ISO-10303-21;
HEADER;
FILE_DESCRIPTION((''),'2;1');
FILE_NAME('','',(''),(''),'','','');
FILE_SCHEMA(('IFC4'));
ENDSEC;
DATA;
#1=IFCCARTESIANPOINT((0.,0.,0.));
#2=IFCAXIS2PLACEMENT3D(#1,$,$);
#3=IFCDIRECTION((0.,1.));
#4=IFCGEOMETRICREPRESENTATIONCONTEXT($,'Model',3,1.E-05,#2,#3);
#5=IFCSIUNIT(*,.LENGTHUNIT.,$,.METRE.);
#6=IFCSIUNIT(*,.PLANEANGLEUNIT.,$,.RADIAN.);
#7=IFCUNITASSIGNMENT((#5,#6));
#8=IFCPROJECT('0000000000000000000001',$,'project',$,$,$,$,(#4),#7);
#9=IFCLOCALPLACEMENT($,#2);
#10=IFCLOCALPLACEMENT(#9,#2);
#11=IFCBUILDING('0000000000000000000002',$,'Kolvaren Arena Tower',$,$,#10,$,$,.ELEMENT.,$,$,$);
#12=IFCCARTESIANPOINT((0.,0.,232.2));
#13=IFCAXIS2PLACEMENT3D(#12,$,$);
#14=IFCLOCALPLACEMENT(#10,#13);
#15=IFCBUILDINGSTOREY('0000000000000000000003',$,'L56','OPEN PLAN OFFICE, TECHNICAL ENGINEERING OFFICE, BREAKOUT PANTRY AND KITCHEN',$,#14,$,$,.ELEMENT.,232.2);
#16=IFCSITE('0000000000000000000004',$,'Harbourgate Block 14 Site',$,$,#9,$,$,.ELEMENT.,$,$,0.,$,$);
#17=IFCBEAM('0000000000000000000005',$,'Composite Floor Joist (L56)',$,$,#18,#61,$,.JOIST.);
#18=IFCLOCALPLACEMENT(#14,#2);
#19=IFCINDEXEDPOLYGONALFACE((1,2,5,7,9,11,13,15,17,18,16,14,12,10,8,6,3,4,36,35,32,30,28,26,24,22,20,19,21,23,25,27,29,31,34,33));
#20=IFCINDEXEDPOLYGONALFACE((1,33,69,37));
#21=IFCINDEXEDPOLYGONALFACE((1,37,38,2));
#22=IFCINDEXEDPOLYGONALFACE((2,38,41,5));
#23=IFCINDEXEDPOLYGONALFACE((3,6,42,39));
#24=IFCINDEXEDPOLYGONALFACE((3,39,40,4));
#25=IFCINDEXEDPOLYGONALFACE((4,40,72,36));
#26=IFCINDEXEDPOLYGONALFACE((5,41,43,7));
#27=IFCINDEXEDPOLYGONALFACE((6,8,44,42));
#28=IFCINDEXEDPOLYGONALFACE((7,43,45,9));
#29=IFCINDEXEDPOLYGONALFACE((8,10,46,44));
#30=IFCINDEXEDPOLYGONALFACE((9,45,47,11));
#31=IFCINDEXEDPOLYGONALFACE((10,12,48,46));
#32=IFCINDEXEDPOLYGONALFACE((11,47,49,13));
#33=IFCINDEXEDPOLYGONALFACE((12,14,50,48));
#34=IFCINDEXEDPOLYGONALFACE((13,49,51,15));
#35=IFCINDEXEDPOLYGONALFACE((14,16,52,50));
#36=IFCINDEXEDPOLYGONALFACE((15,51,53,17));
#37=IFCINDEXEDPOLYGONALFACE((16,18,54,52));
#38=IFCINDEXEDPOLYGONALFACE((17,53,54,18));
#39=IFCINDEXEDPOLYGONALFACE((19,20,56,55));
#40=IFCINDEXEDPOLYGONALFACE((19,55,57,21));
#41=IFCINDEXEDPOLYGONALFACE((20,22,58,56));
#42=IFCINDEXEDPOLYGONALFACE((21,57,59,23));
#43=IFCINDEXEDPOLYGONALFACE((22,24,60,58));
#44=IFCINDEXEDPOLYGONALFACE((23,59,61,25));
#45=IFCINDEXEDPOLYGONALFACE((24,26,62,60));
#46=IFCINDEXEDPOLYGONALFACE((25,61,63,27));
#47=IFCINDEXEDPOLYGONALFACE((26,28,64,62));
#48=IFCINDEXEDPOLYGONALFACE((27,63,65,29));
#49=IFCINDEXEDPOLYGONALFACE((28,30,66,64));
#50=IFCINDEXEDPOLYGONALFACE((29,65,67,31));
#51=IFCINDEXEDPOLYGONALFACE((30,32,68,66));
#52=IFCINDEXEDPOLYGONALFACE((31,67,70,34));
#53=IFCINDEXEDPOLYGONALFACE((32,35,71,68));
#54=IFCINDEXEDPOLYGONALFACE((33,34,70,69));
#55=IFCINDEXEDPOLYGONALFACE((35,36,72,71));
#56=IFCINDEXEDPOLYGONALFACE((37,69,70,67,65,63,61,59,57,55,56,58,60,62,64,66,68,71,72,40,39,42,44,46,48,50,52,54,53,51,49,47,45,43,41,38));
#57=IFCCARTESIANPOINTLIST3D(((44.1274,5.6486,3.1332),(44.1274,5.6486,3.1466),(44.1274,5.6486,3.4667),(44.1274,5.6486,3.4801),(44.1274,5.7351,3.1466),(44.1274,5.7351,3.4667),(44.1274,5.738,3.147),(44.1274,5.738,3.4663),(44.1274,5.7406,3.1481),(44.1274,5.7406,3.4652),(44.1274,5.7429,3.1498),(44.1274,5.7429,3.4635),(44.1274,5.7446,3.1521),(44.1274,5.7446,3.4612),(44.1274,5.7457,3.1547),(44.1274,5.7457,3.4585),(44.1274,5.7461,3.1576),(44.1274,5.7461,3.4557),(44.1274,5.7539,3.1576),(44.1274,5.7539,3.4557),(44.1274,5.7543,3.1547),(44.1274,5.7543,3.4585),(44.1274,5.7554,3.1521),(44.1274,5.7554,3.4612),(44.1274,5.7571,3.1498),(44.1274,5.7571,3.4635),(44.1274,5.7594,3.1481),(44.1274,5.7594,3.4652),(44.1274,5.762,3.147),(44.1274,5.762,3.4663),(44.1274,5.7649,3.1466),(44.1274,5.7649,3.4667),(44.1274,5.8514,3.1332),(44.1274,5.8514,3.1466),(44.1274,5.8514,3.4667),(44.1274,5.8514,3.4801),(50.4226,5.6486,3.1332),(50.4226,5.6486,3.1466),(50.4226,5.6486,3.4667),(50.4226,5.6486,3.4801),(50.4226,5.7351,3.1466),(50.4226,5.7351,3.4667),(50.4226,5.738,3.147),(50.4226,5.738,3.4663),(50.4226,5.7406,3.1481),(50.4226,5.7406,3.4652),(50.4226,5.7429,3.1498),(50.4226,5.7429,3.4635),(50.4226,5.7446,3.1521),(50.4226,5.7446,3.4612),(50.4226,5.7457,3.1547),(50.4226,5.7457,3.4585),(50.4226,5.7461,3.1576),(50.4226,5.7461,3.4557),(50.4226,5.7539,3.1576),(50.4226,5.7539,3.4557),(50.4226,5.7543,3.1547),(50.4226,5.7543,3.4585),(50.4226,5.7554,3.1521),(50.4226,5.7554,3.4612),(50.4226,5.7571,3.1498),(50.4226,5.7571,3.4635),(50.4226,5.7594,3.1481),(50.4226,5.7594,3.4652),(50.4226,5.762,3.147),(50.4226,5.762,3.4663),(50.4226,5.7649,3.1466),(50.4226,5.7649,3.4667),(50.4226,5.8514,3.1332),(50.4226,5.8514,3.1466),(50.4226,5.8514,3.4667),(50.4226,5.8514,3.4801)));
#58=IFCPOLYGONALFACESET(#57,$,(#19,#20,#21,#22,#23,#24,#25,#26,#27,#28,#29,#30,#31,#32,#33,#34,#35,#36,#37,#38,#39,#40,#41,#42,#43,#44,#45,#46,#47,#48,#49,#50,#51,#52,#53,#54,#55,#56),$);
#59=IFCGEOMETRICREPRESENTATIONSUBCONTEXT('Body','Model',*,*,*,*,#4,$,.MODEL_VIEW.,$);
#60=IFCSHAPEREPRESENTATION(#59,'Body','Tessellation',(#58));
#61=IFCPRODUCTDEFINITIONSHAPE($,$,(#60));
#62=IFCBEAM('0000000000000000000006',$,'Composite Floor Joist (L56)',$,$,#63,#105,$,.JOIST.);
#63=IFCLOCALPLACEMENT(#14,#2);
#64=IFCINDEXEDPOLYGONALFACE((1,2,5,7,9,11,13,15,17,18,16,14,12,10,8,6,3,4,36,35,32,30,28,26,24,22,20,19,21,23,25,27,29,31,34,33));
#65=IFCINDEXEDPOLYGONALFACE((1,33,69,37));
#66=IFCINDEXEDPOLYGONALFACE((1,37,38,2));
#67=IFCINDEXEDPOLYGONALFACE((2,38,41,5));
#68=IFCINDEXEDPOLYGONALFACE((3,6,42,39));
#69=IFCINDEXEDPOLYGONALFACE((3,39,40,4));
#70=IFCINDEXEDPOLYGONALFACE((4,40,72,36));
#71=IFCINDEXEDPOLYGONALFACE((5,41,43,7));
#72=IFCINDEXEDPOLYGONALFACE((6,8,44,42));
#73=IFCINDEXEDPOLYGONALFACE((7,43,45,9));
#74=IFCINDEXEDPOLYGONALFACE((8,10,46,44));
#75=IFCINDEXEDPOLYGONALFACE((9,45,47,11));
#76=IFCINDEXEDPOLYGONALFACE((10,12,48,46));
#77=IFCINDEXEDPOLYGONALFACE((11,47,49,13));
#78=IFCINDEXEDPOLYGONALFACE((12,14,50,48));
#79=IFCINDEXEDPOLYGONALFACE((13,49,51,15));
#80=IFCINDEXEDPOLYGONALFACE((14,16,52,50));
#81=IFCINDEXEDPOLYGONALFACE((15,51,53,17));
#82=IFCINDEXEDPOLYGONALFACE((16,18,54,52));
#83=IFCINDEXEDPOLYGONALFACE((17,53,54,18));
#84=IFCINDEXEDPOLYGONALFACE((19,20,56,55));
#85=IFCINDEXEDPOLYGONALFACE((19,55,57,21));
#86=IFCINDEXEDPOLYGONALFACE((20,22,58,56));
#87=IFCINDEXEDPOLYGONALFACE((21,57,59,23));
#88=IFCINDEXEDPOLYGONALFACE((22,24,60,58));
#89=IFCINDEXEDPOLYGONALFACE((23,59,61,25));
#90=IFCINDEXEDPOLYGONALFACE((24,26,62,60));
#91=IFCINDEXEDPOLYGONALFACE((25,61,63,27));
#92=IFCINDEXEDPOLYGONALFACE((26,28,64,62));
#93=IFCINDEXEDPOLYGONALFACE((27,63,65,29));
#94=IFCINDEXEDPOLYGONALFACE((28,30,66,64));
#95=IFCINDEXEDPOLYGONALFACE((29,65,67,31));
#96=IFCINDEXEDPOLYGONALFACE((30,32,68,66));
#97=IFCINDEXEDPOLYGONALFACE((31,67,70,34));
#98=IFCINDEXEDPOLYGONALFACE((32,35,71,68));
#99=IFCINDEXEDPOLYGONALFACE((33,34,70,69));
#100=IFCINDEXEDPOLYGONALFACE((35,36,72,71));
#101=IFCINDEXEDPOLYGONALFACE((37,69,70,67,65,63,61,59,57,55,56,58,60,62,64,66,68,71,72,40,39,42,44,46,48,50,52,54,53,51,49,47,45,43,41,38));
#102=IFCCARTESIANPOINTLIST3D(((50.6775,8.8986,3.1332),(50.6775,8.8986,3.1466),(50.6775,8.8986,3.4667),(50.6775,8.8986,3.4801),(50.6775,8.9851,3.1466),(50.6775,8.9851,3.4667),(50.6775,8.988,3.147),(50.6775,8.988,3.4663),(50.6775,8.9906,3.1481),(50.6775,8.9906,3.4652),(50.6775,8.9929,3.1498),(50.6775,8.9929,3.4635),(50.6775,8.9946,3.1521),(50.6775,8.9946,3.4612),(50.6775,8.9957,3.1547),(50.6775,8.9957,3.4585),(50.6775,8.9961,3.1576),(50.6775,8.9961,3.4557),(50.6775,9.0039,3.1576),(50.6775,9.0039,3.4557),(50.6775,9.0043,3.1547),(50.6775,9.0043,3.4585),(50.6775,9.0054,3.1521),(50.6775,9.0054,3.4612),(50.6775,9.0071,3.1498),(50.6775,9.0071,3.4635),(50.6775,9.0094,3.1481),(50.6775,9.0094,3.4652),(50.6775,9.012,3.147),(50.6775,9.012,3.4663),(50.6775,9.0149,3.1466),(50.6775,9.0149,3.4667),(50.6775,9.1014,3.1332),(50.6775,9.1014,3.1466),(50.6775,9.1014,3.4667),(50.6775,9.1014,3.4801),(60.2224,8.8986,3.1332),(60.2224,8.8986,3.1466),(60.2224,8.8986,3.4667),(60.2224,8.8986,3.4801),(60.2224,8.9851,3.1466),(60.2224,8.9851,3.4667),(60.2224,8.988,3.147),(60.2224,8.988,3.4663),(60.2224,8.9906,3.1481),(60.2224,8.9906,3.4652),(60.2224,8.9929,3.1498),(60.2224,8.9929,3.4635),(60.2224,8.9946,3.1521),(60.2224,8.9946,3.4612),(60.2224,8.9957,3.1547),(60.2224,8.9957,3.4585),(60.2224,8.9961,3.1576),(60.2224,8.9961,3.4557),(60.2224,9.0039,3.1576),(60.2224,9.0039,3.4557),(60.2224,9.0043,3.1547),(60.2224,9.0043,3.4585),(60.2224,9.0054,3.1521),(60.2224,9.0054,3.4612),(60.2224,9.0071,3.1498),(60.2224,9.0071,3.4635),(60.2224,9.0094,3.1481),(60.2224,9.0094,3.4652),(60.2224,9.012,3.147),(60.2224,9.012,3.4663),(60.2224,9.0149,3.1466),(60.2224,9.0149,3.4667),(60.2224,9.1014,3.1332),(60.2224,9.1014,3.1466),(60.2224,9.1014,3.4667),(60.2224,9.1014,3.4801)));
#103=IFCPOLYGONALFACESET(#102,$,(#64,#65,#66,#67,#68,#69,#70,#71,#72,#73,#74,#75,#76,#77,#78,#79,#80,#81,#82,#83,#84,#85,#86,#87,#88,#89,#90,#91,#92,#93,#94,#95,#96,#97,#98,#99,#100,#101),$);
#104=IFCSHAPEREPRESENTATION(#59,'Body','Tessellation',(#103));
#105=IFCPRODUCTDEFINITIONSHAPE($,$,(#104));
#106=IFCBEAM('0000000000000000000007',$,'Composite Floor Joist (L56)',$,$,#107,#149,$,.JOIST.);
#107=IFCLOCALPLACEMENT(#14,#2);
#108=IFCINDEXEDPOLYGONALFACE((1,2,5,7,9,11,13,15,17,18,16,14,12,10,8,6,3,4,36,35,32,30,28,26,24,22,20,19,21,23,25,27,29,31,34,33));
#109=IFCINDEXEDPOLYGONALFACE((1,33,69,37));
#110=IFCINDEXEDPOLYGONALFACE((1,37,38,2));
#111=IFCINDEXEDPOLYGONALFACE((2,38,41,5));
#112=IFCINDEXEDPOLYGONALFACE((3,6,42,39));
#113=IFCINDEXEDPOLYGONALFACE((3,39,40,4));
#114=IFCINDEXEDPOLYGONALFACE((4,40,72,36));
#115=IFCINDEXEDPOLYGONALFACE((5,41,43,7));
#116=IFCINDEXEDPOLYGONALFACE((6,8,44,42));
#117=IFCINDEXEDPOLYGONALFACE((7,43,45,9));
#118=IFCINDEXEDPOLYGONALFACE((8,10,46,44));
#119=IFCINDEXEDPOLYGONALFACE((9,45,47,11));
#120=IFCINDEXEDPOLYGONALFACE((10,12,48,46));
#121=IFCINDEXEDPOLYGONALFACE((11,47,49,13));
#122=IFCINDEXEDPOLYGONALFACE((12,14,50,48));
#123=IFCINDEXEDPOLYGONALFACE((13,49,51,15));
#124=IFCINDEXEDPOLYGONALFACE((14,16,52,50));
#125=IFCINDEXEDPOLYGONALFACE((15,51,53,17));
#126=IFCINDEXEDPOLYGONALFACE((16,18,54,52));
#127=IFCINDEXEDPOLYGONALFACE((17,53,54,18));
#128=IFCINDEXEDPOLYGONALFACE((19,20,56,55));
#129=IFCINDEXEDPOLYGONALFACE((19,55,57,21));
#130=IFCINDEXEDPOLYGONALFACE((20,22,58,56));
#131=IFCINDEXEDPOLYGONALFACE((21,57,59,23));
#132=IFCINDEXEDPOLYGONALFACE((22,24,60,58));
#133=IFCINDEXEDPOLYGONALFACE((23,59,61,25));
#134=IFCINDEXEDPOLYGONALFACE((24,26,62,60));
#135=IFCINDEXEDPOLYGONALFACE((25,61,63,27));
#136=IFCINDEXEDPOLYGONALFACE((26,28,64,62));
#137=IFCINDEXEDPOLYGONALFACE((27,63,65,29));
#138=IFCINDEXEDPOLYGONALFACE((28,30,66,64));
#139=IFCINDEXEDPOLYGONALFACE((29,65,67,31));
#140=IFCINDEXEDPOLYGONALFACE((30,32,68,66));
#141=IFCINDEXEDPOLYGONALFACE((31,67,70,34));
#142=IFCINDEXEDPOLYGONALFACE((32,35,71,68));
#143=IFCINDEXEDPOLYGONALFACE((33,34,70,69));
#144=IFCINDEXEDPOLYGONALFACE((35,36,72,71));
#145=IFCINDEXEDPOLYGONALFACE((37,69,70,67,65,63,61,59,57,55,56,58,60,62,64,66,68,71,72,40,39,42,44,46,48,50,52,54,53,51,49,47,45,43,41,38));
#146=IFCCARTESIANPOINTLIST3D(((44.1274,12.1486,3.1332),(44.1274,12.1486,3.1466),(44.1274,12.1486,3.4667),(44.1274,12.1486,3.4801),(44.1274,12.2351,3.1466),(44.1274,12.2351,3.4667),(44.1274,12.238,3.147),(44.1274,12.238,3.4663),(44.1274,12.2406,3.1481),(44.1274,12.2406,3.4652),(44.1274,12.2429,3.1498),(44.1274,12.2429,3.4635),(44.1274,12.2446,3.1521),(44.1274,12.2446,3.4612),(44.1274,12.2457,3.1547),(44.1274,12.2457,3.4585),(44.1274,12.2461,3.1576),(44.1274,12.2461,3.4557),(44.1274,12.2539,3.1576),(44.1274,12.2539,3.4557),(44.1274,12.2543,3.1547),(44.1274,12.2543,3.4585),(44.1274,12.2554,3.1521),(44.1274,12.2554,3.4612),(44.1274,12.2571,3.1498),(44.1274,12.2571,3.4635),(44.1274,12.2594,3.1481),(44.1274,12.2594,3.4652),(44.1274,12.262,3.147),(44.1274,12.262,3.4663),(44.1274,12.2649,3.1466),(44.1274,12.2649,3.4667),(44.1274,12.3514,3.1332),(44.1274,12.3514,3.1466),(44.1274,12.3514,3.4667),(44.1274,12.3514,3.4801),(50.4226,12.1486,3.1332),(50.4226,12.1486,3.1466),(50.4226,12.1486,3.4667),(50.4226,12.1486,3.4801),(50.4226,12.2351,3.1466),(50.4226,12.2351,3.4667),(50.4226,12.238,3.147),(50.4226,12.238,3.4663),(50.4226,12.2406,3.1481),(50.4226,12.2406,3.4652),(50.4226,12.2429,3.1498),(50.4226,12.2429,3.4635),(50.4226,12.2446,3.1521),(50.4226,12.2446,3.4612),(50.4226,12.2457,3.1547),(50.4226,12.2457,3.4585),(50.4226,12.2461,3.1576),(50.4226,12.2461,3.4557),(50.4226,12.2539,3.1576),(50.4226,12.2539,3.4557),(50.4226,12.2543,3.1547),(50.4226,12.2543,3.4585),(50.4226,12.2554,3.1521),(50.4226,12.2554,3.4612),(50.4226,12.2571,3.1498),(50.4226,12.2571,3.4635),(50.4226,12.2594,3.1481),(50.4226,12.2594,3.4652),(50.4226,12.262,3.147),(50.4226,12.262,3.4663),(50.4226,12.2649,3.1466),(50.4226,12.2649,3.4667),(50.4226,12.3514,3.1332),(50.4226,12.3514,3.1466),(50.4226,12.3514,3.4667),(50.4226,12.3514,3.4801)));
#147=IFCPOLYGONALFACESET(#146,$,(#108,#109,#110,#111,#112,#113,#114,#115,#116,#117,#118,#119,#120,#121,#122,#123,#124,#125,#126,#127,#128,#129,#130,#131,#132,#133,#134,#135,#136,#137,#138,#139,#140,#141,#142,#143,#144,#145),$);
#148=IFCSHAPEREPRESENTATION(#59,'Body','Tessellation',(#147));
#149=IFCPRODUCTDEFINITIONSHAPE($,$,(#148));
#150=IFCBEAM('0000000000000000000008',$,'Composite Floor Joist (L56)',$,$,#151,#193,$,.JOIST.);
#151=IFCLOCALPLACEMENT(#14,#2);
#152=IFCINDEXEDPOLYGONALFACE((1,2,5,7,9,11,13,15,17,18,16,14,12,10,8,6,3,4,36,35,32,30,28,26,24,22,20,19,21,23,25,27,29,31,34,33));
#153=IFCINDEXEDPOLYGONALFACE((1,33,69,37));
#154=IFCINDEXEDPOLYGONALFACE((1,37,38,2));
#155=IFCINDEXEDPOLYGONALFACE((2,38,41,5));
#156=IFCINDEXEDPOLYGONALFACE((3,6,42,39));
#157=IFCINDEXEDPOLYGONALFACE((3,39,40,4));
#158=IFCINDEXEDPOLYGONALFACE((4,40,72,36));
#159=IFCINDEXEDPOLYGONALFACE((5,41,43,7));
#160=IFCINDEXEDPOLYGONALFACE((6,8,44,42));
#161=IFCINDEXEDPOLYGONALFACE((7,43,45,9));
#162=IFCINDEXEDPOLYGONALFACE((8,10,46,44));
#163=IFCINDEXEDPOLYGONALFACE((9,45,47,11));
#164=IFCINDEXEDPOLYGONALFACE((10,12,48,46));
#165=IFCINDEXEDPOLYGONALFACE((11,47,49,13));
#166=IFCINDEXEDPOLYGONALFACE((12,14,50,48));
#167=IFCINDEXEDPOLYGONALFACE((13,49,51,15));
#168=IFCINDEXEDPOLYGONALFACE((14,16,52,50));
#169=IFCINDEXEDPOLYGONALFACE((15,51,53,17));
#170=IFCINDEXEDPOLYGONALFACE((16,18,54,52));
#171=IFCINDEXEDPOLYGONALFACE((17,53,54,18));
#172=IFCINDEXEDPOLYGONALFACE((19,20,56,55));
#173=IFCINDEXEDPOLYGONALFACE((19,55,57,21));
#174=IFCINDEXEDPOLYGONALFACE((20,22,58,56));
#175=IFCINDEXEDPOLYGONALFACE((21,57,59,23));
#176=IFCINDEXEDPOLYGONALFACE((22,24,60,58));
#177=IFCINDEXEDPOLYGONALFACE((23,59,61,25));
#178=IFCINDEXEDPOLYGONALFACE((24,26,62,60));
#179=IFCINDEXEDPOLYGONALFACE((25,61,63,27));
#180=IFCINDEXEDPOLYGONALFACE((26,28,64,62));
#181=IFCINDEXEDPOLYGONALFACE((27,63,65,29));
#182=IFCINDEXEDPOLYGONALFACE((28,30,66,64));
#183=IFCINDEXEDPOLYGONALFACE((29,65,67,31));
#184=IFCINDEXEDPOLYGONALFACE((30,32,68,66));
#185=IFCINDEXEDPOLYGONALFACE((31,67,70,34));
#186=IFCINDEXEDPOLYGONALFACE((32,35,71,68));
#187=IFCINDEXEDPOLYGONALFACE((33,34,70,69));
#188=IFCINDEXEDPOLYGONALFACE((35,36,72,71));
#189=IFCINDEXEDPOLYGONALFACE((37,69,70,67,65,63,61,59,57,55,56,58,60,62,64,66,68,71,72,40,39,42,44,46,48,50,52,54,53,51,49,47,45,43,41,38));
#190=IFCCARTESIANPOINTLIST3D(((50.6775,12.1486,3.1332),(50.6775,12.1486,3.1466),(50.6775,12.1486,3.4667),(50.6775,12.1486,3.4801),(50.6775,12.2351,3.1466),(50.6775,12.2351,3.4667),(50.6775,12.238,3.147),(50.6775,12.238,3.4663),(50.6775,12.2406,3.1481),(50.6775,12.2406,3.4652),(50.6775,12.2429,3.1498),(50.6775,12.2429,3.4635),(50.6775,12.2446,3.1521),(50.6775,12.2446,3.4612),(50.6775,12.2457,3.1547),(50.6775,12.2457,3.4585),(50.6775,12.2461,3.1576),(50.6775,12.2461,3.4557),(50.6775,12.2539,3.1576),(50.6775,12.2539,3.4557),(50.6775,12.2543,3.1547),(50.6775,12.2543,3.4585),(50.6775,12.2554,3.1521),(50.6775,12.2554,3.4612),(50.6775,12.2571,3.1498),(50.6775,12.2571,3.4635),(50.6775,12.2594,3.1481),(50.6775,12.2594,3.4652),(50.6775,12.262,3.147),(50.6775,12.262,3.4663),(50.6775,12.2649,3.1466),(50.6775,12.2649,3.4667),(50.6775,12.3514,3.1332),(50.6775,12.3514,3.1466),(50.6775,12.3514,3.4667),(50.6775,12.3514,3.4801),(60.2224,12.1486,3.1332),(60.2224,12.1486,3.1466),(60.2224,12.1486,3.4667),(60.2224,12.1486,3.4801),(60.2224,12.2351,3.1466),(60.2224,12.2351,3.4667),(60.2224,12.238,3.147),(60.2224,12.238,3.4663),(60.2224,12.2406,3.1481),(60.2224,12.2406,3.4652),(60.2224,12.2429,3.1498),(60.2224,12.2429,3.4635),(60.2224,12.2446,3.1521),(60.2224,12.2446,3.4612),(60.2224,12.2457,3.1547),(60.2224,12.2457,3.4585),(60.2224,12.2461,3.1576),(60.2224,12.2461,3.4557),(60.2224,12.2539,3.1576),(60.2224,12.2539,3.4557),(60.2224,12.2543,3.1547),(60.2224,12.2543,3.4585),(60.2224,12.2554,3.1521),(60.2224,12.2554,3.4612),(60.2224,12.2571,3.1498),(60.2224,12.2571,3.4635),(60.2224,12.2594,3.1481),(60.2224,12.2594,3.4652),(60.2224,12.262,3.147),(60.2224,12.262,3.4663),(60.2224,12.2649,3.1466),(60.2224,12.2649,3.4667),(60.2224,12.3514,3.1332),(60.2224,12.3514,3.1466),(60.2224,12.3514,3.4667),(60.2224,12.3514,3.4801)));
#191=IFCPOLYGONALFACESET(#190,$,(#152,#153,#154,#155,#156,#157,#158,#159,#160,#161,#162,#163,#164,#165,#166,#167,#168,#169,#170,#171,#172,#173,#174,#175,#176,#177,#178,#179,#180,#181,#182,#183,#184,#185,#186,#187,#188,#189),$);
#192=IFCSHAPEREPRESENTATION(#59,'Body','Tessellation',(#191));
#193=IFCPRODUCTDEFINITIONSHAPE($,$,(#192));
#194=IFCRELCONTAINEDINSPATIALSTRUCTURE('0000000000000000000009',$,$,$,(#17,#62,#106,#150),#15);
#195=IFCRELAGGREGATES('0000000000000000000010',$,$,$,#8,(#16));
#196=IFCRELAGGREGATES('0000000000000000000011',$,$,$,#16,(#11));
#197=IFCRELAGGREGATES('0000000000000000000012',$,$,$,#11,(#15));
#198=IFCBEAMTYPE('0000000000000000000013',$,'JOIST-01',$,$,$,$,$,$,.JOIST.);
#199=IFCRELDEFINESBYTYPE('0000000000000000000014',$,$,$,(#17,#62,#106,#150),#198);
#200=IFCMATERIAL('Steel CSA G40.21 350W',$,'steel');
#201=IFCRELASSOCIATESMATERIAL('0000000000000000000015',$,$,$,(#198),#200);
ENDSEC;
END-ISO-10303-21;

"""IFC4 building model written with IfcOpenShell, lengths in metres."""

from ifc_helpers import new_model, si_unit, direction, frame, origin, origin_2d, place, context, subcontext, project, spatial, i_section, extrude, material, material_profile, profile_set, type_object, element, save


model = new_model("IFC4")

# Units and contexts
model_context = context("Model", 3, precision=1e-05, world=origin(), true_north=direction((0.0, 1.0)))
body_context = subcontext(model_context, "Body", "Model", "MODEL_VIEW")
ifc_project = project(units=[si_unit("LENGTHUNIT", "METRE"), si_unit("PLANEANGLEUNIT", "RADIAN")], contexts=[model_context])

# Site, building, storey
site_placement = place(None, origin())
site = spatial("IfcSite", under=ifc_project, at=site_placement, Name="Harbourgate Block 14 Site", CompositionType="ELEMENT", RefElevation=0.0)
building_placement = place(site_placement, origin())
building = spatial("IfcBuilding", under=site, at=building_placement, Name="Kolvaren Arena Tower", CompositionType="ELEMENT")
storey_placement = place(building_placement, frame((0.0, 0.0, 232.2)))
storey = spatial("IfcBuildingStorey", under=building, at=storey_placement, Name="L56", Description="OPEN PLAN OFFICE, TECHNICAL ENGINEERING OFFICE, BREAKOUT PANTRY AND KITCHEN", CompositionType="ELEMENT", Elevation=232.2)

# Beams
ifc_material_1 = material(Name="Steel CSA G40.21 350W", Category="steel")
ifc_material_profile_1 = material_profile(ifc_material_1, i_section(OverallWidth=0.2029, OverallDepth=0.3469, WebThickness=0.0078, FlangeThickness=0.0134, FilletRadius=0.011, at=origin_2d()), Name="W360x64")
ifc_profile_set_1 = profile_set([ifc_material_profile_1], Name="Steel CSA G40.21 350W")
beam_type_1 = type_object("IfcBeamType", Name="JOIST-01", PredefinedType="JOIST", material=ifc_profile_set_1)
for number, where, z_axis, x_axis, name in (
    (1, (44.1274, 5.75, 3.3066), (1.0, 0.0, 0.0), (0.0, 1.0, 0.0), "Composite Floor Joist (L56)"),
):
    element("IfcBeam", number, at=place(storey_placement, frame(where, z_axis=z_axis, x_axis=x_axis)), inside=storey, type_object=beam_type_1, Name=name, PredefinedType="JOIST", context=body_context, shape_type="SweptSolid", body=[
        extrude(i_section(OverallWidth=0.2029, OverallDepth=0.3469, WebThickness=0.0078, FlangeThickness=0.0134, FilletRadius=0.011, at=origin_2d()), origin(), (0.0, 0.0, 1.0), 6.2952),
    ])
beam_1_placement = place(storey_placement, frame((50.6775, 9.0, 3.3066), z_axis=(1.0, 0.0, 0.0), x_axis=(0.0, 1.0, 0.0)))
element("IfcBeam", 2, at=beam_1_placement, inside=storey, type_object=beam_type_1, Name="Composite Floor Joist (L56)", PredefinedType="JOIST", context=body_context, shape_type="SweptSolid", body=[
    extrude(i_section(OverallWidth=0.2029, OverallDepth=0.3469, WebThickness=0.0078, FlangeThickness=0.0134, FilletRadius=0.011, at=origin_2d()), origin(), (0.0, 0.0, 1.0), 9.5449),
])
beam_2_placement = place(storey_placement, frame((44.1274, 12.25, 3.3066), z_axis=(1.0, 0.0, 0.0), x_axis=(0.0, 1.0, 0.0)))
element("IfcBeam", 3, at=beam_2_placement, inside=storey, type_object=beam_type_1, Name="Composite Floor Joist (L56)", PredefinedType="JOIST", context=body_context, shape_type="SweptSolid", body=[
    extrude(i_section(OverallWidth=0.2029, OverallDepth=0.3469, WebThickness=0.0078, FlangeThickness=0.0134, FilletRadius=0.011, at=origin_2d()), origin(), (0.0, 0.0, 1.0), 6.2952),
])
beam_3_placement = place(storey_placement, frame((50.6775, 12.25, 3.3066), z_axis=(1.0, 0.0, 0.0), x_axis=(0.0, 1.0, 0.0)))
element("IfcBeam", 4, at=beam_3_placement, inside=storey, type_object=beam_type_1, Name="Composite Floor Joist (L56)", PredefinedType="JOIST", context=body_context, shape_type="SweptSolid", body=[
    extrude(i_section(OverallWidth=0.2029, OverallDepth=0.3469, WebThickness=0.0078, FlangeThickness=0.0134, FilletRadius=0.011, at=origin_2d()), origin(), (0.0, 0.0, 1.0), 9.5449),
])

save(model, "model.ifc")
